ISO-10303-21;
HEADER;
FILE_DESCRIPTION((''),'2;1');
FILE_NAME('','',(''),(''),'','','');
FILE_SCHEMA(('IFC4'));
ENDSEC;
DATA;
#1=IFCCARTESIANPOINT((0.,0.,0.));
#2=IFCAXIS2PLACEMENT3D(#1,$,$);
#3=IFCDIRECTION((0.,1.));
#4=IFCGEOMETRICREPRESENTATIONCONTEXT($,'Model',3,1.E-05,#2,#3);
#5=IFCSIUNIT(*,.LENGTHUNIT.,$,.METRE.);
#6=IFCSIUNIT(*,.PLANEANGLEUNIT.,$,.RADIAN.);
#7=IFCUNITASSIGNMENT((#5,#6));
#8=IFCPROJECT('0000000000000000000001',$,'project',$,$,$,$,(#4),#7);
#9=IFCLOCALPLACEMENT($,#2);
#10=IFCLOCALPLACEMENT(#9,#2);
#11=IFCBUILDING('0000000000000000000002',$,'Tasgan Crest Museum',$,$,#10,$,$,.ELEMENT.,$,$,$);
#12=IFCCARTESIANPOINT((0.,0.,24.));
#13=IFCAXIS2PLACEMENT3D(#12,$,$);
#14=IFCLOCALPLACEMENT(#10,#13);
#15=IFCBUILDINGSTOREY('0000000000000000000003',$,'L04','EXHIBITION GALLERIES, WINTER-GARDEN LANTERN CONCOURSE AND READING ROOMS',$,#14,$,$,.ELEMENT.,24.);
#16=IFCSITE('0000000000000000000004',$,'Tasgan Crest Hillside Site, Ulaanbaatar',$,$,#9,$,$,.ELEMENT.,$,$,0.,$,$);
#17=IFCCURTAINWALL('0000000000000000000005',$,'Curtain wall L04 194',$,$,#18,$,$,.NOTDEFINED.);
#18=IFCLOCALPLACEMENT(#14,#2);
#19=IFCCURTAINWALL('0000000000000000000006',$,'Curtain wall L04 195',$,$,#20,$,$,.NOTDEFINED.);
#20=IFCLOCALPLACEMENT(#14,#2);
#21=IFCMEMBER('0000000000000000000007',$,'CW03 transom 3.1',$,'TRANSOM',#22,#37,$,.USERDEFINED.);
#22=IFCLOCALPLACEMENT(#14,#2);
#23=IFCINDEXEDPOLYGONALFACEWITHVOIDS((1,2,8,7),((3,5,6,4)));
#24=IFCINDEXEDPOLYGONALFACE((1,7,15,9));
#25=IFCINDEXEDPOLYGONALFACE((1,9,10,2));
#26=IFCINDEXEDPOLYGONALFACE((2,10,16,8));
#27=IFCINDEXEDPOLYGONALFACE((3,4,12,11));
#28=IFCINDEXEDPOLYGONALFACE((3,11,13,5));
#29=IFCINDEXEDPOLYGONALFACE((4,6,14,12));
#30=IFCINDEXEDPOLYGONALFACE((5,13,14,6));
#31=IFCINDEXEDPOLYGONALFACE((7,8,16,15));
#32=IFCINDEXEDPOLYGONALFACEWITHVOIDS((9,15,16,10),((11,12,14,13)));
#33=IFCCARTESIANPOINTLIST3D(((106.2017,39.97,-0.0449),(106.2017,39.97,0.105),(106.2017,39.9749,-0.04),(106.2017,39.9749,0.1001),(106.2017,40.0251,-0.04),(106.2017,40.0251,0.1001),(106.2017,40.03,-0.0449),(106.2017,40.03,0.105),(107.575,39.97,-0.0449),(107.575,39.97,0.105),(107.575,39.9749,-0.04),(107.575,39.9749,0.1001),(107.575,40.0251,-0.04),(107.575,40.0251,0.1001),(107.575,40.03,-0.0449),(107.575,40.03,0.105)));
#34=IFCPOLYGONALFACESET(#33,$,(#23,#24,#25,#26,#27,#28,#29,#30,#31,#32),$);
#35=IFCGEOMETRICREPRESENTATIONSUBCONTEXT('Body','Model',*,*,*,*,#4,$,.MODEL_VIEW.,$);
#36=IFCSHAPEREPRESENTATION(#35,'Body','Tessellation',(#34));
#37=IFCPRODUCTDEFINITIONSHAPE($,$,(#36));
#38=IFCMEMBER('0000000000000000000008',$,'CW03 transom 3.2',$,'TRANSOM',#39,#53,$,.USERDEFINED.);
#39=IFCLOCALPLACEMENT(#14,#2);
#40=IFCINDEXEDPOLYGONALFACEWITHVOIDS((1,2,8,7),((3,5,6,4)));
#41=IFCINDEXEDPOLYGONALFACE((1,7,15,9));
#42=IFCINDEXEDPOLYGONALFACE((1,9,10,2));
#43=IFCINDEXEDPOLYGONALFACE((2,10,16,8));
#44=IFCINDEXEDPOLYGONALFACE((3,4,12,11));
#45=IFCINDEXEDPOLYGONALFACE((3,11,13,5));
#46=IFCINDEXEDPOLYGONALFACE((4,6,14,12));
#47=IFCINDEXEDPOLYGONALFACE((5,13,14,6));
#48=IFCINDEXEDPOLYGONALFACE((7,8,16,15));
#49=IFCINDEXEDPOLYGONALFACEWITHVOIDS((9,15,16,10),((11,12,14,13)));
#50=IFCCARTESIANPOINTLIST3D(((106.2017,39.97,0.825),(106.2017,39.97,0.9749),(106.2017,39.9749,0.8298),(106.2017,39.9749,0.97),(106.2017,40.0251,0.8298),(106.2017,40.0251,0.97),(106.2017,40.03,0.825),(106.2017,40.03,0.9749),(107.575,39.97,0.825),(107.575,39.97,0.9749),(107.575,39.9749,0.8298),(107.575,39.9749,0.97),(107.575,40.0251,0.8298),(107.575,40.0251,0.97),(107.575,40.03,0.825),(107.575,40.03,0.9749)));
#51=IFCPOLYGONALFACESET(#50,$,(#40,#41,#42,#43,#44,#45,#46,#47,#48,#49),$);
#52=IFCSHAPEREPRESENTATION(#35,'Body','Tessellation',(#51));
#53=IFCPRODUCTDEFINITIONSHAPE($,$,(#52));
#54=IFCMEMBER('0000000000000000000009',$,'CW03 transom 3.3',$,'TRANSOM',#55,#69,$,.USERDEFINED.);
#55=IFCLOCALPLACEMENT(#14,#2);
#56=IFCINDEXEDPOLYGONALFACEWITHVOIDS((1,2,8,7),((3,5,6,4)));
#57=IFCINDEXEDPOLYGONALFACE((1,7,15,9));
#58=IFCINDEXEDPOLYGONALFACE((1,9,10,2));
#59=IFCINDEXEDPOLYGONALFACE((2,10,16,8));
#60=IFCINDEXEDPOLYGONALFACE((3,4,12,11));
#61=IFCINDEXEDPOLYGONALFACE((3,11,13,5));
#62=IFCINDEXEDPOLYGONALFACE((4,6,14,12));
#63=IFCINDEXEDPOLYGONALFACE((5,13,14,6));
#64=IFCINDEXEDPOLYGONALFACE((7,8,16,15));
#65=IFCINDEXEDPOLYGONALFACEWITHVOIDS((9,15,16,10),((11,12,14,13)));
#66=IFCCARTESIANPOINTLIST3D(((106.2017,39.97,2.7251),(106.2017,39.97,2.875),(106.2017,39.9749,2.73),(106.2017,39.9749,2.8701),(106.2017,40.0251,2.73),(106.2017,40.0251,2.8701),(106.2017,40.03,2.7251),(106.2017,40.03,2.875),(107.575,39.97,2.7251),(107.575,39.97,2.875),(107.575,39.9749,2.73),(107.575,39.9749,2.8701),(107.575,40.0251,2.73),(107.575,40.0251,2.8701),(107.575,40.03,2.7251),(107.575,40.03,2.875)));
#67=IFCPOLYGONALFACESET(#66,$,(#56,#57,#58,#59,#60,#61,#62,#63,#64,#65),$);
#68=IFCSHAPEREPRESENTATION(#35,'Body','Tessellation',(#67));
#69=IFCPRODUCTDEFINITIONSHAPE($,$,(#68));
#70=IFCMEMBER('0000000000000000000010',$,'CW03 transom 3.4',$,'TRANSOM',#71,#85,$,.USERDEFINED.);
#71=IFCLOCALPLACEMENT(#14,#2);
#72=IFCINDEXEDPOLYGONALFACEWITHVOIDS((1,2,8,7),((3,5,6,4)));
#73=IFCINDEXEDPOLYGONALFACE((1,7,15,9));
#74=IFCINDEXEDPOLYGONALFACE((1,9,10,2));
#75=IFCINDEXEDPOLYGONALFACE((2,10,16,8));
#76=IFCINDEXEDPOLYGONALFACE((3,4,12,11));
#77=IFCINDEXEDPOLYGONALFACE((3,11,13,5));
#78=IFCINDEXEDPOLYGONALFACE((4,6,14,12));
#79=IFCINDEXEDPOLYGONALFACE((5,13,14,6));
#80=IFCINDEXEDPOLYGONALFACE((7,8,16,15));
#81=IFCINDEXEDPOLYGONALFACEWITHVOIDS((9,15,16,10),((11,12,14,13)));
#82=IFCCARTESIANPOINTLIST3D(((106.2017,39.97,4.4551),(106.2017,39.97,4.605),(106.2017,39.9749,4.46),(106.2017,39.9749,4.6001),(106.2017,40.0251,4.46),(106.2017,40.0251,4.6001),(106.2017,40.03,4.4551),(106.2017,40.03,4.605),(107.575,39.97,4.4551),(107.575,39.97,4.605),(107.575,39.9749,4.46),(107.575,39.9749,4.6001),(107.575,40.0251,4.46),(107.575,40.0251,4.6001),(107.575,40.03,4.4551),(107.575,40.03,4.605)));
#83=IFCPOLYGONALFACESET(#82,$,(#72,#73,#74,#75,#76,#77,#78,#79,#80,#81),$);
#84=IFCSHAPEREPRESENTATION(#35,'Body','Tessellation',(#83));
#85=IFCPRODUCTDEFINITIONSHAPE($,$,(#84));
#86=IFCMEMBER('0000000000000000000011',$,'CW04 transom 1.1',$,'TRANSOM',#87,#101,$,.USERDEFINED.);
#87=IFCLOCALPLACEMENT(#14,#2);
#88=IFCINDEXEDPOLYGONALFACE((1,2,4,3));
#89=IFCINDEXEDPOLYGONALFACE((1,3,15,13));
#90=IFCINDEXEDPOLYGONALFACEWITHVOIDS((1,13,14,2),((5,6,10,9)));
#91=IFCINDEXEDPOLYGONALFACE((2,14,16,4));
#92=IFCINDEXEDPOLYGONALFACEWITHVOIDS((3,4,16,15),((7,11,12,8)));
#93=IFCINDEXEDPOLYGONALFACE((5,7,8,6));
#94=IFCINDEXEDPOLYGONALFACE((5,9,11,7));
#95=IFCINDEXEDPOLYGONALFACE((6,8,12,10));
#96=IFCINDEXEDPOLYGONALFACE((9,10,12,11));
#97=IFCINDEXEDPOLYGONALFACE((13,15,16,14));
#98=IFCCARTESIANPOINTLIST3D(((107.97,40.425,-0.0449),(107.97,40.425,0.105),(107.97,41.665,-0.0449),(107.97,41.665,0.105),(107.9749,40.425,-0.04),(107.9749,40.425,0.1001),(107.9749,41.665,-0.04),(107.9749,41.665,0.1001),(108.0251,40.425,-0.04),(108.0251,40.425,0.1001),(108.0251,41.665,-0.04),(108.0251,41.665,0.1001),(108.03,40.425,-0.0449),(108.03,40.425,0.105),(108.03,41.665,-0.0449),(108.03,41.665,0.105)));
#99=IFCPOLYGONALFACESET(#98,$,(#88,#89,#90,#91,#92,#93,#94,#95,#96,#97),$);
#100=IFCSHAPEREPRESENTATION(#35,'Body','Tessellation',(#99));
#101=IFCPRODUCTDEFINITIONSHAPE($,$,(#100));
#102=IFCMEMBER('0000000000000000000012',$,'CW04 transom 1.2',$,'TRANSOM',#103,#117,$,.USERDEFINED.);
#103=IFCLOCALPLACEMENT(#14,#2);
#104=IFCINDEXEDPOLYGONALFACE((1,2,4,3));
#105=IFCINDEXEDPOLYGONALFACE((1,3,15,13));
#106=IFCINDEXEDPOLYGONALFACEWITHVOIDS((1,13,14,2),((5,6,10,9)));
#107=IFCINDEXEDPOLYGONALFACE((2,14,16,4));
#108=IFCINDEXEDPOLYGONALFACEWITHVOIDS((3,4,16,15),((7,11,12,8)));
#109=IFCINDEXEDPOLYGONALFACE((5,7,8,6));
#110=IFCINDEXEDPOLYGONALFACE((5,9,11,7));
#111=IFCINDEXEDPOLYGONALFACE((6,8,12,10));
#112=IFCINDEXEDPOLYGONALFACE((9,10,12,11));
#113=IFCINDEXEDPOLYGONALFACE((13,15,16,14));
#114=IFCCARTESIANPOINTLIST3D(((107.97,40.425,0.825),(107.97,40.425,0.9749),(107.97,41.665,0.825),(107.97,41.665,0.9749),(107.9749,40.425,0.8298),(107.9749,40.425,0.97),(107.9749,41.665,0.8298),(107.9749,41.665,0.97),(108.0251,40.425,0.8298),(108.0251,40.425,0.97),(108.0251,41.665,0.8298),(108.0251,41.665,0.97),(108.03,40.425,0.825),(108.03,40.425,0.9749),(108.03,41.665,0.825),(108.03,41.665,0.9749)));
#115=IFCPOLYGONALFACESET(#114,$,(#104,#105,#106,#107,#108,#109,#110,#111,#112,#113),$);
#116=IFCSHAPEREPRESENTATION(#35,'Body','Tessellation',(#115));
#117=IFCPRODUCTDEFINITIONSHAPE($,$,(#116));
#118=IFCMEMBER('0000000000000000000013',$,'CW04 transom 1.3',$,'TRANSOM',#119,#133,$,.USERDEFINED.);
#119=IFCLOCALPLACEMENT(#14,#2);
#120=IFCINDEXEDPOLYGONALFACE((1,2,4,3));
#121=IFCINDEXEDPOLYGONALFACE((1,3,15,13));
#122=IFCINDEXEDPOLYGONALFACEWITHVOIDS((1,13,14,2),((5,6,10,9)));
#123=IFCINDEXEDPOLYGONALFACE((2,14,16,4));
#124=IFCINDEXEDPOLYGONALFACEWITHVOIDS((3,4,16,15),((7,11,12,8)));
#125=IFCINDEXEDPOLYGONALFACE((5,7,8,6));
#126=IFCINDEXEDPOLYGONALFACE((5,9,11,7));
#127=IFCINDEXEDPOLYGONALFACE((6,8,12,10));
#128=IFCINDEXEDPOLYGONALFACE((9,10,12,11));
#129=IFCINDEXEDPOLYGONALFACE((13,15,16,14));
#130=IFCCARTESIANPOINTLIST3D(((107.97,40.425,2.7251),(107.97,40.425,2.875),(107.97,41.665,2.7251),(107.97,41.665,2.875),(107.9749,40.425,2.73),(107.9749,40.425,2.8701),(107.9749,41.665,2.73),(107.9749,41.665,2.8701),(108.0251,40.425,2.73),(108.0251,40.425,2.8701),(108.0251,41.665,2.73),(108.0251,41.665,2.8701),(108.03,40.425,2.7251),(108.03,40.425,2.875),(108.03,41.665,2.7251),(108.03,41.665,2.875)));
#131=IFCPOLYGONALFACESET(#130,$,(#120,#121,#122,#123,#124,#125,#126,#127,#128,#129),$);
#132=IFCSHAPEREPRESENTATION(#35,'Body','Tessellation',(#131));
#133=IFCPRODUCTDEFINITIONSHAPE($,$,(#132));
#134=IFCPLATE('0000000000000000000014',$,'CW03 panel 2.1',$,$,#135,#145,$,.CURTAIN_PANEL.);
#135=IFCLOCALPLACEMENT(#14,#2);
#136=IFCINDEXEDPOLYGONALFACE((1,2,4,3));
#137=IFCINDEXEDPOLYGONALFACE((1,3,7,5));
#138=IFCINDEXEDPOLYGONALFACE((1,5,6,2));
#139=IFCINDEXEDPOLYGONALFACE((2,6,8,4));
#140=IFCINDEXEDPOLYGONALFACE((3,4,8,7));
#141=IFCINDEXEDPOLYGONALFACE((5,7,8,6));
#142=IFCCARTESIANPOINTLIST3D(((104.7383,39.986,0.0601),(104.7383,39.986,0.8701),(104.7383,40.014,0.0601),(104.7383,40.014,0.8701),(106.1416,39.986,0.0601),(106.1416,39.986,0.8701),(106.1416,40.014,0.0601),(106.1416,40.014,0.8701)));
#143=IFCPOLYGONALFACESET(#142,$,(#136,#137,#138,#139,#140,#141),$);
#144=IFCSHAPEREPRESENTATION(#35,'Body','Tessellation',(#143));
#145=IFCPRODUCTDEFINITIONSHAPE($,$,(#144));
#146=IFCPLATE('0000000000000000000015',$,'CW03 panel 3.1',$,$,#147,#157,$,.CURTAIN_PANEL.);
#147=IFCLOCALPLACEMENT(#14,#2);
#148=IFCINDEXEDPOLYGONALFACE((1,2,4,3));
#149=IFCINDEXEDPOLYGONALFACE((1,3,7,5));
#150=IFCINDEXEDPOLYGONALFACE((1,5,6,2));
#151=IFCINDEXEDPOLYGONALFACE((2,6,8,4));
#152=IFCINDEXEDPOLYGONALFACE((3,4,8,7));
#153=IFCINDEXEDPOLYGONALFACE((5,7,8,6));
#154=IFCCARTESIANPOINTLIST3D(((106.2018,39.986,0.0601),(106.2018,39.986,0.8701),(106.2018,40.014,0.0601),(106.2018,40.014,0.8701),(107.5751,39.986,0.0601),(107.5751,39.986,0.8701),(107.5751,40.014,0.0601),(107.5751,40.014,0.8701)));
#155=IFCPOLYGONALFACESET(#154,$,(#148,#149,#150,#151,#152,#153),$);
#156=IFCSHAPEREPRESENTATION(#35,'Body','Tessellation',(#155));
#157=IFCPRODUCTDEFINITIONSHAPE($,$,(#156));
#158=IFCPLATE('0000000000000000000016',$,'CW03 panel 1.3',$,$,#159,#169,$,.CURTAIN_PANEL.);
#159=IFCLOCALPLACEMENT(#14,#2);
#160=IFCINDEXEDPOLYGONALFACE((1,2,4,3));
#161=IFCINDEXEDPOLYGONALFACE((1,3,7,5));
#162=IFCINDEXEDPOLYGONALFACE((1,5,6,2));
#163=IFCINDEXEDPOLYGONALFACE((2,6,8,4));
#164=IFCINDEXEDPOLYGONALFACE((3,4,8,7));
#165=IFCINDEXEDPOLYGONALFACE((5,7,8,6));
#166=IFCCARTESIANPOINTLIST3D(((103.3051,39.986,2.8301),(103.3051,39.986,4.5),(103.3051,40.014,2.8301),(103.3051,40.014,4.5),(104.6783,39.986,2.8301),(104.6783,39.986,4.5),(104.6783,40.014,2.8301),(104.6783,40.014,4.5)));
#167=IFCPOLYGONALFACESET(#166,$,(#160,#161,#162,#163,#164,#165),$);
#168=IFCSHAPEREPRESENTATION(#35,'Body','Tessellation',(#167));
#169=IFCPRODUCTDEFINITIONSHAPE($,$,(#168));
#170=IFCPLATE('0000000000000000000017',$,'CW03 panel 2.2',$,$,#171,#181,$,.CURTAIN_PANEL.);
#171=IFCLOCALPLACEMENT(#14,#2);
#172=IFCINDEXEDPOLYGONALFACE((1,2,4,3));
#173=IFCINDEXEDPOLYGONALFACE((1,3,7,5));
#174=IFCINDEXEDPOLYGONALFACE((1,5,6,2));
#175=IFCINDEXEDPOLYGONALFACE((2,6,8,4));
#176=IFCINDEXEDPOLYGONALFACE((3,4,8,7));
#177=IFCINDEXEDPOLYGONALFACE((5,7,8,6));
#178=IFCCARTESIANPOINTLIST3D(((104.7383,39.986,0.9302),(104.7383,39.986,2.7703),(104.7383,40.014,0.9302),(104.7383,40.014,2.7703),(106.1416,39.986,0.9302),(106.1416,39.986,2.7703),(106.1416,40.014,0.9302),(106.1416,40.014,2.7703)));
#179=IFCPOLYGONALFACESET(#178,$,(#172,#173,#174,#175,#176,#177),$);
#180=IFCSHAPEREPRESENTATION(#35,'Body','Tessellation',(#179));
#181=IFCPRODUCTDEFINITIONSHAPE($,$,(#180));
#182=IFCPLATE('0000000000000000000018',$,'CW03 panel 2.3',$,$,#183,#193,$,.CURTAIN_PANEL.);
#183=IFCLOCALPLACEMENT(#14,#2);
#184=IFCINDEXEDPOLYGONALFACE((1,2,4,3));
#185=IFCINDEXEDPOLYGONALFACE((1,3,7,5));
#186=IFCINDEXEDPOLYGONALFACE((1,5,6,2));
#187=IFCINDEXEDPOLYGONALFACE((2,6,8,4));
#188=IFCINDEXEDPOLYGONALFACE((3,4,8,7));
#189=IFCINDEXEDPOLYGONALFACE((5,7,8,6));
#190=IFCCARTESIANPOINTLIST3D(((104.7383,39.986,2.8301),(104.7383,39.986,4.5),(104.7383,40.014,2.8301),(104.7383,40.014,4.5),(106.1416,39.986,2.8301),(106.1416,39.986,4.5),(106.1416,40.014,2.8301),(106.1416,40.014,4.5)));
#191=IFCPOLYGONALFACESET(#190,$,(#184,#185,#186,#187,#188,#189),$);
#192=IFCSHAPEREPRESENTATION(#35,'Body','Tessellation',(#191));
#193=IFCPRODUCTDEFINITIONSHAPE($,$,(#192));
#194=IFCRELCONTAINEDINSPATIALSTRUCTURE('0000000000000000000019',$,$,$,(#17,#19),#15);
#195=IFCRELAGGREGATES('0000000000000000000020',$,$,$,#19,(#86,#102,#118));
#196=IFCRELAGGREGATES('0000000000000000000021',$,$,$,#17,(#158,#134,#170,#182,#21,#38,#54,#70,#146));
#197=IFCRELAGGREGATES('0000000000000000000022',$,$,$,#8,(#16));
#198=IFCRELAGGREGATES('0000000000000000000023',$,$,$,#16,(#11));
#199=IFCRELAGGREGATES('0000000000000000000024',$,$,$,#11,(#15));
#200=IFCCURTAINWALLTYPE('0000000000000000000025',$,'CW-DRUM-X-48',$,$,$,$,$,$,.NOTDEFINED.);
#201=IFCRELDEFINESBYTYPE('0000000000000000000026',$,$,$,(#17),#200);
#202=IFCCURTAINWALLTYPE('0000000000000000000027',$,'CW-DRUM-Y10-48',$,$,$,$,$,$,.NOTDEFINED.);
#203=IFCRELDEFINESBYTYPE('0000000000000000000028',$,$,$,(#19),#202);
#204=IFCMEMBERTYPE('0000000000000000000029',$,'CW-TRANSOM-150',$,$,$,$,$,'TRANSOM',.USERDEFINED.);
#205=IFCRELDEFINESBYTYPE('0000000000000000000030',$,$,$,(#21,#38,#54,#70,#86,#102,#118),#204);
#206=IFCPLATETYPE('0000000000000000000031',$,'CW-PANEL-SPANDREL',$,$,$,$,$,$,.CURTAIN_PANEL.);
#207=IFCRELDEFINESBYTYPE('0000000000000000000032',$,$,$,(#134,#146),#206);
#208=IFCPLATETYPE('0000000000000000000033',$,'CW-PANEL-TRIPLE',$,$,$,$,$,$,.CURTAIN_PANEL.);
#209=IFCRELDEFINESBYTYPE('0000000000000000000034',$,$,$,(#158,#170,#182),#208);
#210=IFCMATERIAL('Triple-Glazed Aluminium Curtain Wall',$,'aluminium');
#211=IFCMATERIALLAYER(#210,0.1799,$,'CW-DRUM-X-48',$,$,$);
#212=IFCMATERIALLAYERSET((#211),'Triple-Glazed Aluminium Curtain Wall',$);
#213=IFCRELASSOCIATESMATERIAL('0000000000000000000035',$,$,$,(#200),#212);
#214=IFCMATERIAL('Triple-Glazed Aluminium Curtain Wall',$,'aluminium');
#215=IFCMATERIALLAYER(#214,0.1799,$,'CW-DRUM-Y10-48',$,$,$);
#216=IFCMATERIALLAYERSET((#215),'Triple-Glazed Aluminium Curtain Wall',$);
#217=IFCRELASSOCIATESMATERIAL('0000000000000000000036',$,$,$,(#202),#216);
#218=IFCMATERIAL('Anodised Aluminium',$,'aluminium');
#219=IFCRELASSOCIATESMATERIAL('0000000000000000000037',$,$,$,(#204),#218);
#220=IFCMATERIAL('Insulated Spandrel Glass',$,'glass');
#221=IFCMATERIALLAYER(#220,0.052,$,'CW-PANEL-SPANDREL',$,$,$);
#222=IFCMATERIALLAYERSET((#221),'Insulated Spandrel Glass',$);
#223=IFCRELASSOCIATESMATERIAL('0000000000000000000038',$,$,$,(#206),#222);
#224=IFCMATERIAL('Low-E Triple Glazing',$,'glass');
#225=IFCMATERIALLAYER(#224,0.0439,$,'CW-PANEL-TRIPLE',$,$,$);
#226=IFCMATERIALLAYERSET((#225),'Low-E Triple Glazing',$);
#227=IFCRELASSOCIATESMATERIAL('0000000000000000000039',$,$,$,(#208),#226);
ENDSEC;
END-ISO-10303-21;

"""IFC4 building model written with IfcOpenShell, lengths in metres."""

from ifc_helpers import new_model, si_unit, direction, frame, origin, origin_2d, place, context, subcontext, project, spatial, rectangle, hollow_rectangle, extrude, material, layer, layer_set, material_profile, profile_set, type_object, element, aggregate, save


model = new_model("IFC4")

# Units and contexts
model_context = context("Model", 3, precision=1e-05, world=origin(), true_north=direction((0.0, 1.0)))
body_context = subcontext(model_context, "Body", "Model", "MODEL_VIEW")
ifc_project = project(units=[si_unit("LENGTHUNIT", "METRE"), si_unit("PLANEANGLEUNIT", "RADIAN")], contexts=[model_context])

# Site, building, storey
site_placement = place(None, origin())
site = spatial("IfcSite", under=ifc_project, at=site_placement, Name="Tasgan Crest Hillside Site, Ulaanbaatar", CompositionType="ELEMENT", RefElevation=0.0)
building_placement = place(site_placement, origin())
building = spatial("IfcBuilding", under=site, at=building_placement, Name="Tasgan Crest Museum", CompositionType="ELEMENT")
storey_placement = place(building_placement, frame((0.0, 0.0, 24.0)))
storey = spatial("IfcBuildingStorey", under=building, at=storey_placement, Name="L04", Description="EXHIBITION GALLERIES, WINTER-GARDEN LANTERN CONCOURSE AND READING ROOMS", CompositionType="ELEMENT", Elevation=24.0)

# Curtain wall
ifc_material_1 = material(Name="Triple-Glazed Aluminium Curtain Wall", Category="aluminium")
ifc_layer_1 = layer(ifc_material_1, 0.1799, Name="CW-DRUM-X-48")
ifc_layer_set_1 = layer_set([ifc_layer_1], Name="Triple-Glazed Aluminium Curtain Wall")
curtain_wall_type_1 = type_object("IfcCurtainWallType", Name="CW-DRUM-X-48", PredefinedType="NOTDEFINED", material=ifc_layer_set_1)
curtain_wall_1_placement = place(storey_placement, origin())
curtain_wall_1 = element("IfcCurtainWall", 1, at=curtain_wall_1_placement, inside=storey, type_object=curtain_wall_type_1, Name="Curtain wall L04 194", PredefinedType="NOTDEFINED")

# Curtain wall
ifc_material_2 = material(Name="Triple-Glazed Aluminium Curtain Wall", Category="aluminium")
ifc_layer_2 = layer(ifc_material_2, 0.1799, Name="CW-DRUM-Y10-48")
ifc_layer_set_2 = layer_set([ifc_layer_2], Name="Triple-Glazed Aluminium Curtain Wall")
curtain_wall_type_2 = type_object("IfcCurtainWallType", Name="CW-DRUM-Y10-48", PredefinedType="NOTDEFINED", material=ifc_layer_set_2)
curtain_wall_2_placement = place(storey_placement, origin())
curtain_wall_2 = element("IfcCurtainWall", 2, at=curtain_wall_2_placement, inside=storey, type_object=curtain_wall_type_2, Name="Curtain wall L04 195", PredefinedType="NOTDEFINED")

# Members
ifc_material_3 = material(Name="Anodised Aluminium", Category="aluminium")
ifc_material_profile_1 = material_profile(ifc_material_3, hollow_rectangle(XDim=0.0601, YDim=0.1499, WallThickness=0.0049, at=origin_2d()), Name="ALU TRANSOM 150x60x5")
ifc_profile_set_1 = profile_set([ifc_material_profile_1], Name="Anodised Aluminium")
member_type_1 = type_object("IfcMemberType", Name="CW-TRANSOM-150", ElementType="TRANSOM", PredefinedType="USERDEFINED", material=ifc_profile_set_1)
member_1_placement = place(storey_placement, frame((106.2017, 40.0, 0.03), z_axis=(1.0, 0.0, 0.0), x_axis=(0.0, 1.0, 0.0)))
member_1 = element("IfcMember", 3, at=member_1_placement, type_object=member_type_1, Name="CW03 transom 3.1", ObjectType="TRANSOM", PredefinedType="USERDEFINED", context=body_context, shape_type="SweptSolid", body=[
    extrude(hollow_rectangle(XDim=0.0601, YDim=0.1499, WallThickness=0.0049, at=origin_2d()), origin(), (0.0, 0.0, 1.0), 1.3733),
])
member_2_placement = place(storey_placement, frame((106.2017, 40.0, 0.8999), z_axis=(1.0, 0.0, 0.0), x_axis=(0.0, 1.0, 0.0)))
member_2 = element("IfcMember", 4, at=member_2_placement, type_object=member_type_1, Name="CW03 transom 3.2", ObjectType="TRANSOM", PredefinedType="USERDEFINED", context=body_context, shape_type="SweptSolid", body=[
    extrude(hollow_rectangle(XDim=0.0601, YDim=0.1499, WallThickness=0.0049, at=origin_2d()), origin(), (0.0, 0.0, 1.0), 1.3733),
])
member_3_placement = place(storey_placement, frame((106.2017, 40.0, 2.8), z_axis=(1.0, 0.0, 0.0), x_axis=(0.0, 1.0, 0.0)))
member_3 = element("IfcMember", 5, at=member_3_placement, type_object=member_type_1, Name="CW03 transom 3.3", ObjectType="TRANSOM", PredefinedType="USERDEFINED", context=body_context, shape_type="SweptSolid", body=[
    extrude(hollow_rectangle(XDim=0.0601, YDim=0.1499, WallThickness=0.0049, at=origin_2d()), origin(), (0.0, 0.0, 1.0), 1.3733),
])
member_4_placement = place(storey_placement, frame((106.2017, 40.0, 4.53), z_axis=(1.0, 0.0, 0.0), x_axis=(0.0, 1.0, 0.0)))
member_4 = element("IfcMember", 6, at=member_4_placement, type_object=member_type_1, Name="CW03 transom 3.4", ObjectType="TRANSOM", PredefinedType="USERDEFINED", context=body_context, shape_type="SweptSolid", body=[
    extrude(hollow_rectangle(XDim=0.0601, YDim=0.1499, WallThickness=0.0049, at=origin_2d()), origin(), (0.0, 0.0, 1.0), 1.3733),
])
member_5_placement = place(storey_placement, frame((108.0, 40.425, 0.03), z_axis=(0.0, 1.0, 0.0), x_axis=(-1.0, 0.0, 0.0)))
member_5 = element("IfcMember", 7, at=member_5_placement, type_object=member_type_1, Name="CW04 transom 1.1", ObjectType="TRANSOM", PredefinedType="USERDEFINED", context=body_context, shape_type="SweptSolid", body=[
    extrude(hollow_rectangle(XDim=0.0601, YDim=0.1499, WallThickness=0.0049, at=origin_2d()), origin(), (0.0, 0.0, 1.0), 1.24),
])
member_6_placement = place(storey_placement, frame((108.0, 40.425, 0.8999), z_axis=(0.0, 1.0, 0.0), x_axis=(-1.0, 0.0, 0.0)))
member_6 = element("IfcMember", 8, at=member_6_placement, type_object=member_type_1, Name="CW04 transom 1.2", ObjectType="TRANSOM", PredefinedType="USERDEFINED", context=body_context, shape_type="SweptSolid", body=[
    extrude(hollow_rectangle(XDim=0.0601, YDim=0.1499, WallThickness=0.0049, at=origin_2d()), origin(), (0.0, 0.0, 1.0), 1.24),
])
member_7_placement = place(storey_placement, frame((108.0, 40.425, 2.8), z_axis=(0.0, 1.0, 0.0), x_axis=(-1.0, 0.0, 0.0)))
member_7 = element("IfcMember", 9, at=member_7_placement, type_object=member_type_1, Name="CW04 transom 1.3", ObjectType="TRANSOM", PredefinedType="USERDEFINED", context=body_context, shape_type="SweptSolid", body=[
    extrude(hollow_rectangle(XDim=0.0601, YDim=0.1499, WallThickness=0.0049, at=origin_2d()), origin(), (0.0, 0.0, 1.0), 1.24),
])
aggregate(curtain_wall_2, [member_5, member_6, member_7])

# Plates
ifc_material_4 = material(Name="Insulated Spandrel Glass", Category="glass")
ifc_layer_3 = layer(ifc_material_4, 0.052, Name="CW-PANEL-SPANDREL")
ifc_layer_set_3 = layer_set([ifc_layer_3], Name="Insulated Spandrel Glass")
plate_type_1 = type_object("IfcPlateType", Name="CW-PANEL-SPANDREL", PredefinedType="CURTAIN_PANEL", material=ifc_layer_set_3)
plate_1_placement = place(storey_placement, frame((105.4399, 40.0, 0.0601), z_axis=(0.0, 0.0, 1.0), x_axis=(1.0, 0.0, 0.0)))
plate_1 = element("IfcPlate", 10, at=plate_1_placement, type_object=plate_type_1, Name="CW03 panel 2.1", PredefinedType="CURTAIN_PANEL", context=body_context, shape_type="SweptSolid", body=[
    extrude(rectangle(XDim=1.4033, YDim=0.0281, at=origin_2d()), origin(), (0.0, 0.0, 1.0), 0.8101),
])
plate_2_placement = place(storey_placement, frame((106.8884, 40.0, 0.0601), z_axis=(0.0, 0.0, 1.0), x_axis=(1.0, 0.0, 0.0)))
plate_2 = element("IfcPlate", 11, at=plate_2_placement, type_object=plate_type_1, Name="CW03 panel 3.1", PredefinedType="CURTAIN_PANEL", context=body_context, shape_type="SweptSolid", body=[
    extrude(rectangle(XDim=1.3733, YDim=0.0281, at=origin_2d()), origin(), (0.0, 0.0, 1.0), 0.8101),
])
ifc_material_5 = material(Name="Low-E Triple Glazing", Category="glass")
ifc_layer_4 = layer(ifc_material_5, 0.0439, Name="CW-PANEL-TRIPLE")
ifc_layer_set_4 = layer_set([ifc_layer_4], Name="Low-E Triple Glazing")
plate_type_2 = type_object("IfcPlateType", Name="CW-PANEL-TRIPLE", PredefinedType="CURTAIN_PANEL", material=ifc_layer_set_4)
plate_3_placement = place(storey_placement, frame((103.9917, 40.0, 2.8301), z_axis=(0.0, 0.0, 1.0), x_axis=(1.0, 0.0, 0.0)))
plate_3 = element("IfcPlate", 12, at=plate_3_placement, type_object=plate_type_2, Name="CW03 panel 1.3", PredefinedType="CURTAIN_PANEL", context=body_context, shape_type="SweptSolid", body=[
    extrude(rectangle(XDim=1.3733, YDim=0.0281, at=origin_2d()), origin(), (0.0, 0.0, 1.0), 1.6699),
])
plate_4_placement = place(storey_placement, frame((105.4399, 40.0, 0.9302), z_axis=(0.0, 0.0, 1.0), x_axis=(1.0, 0.0, 0.0)))
plate_4 = element("IfcPlate", 13, at=plate_4_placement, type_object=plate_type_2, Name="CW03 panel 2.2", PredefinedType="CURTAIN_PANEL", context=body_context, shape_type="SweptSolid", body=[
    extrude(rectangle(XDim=1.4033, YDim=0.0281, at=origin_2d()), origin(), (0.0, 0.0, 1.0), 1.8401),
])
plate_5_placement = place(storey_placement, frame((105.4399, 40.0, 2.8301), z_axis=(0.0, 0.0, 1.0), x_axis=(1.0, 0.0, 0.0)))
plate_5 = element("IfcPlate", 14, at=plate_5_placement, type_object=plate_type_2, Name="CW03 panel 2.3", PredefinedType="CURTAIN_PANEL", context=body_context, shape_type="SweptSolid", body=[
    extrude(rectangle(XDim=1.4033, YDim=0.0281, at=origin_2d()), origin(), (0.0, 0.0, 1.0), 1.6699),
])
aggregate(curtain_wall_1, [plate_3, plate_1, plate_4, plate_5, member_1, member_2, member_3, member_4, plate_2])

save(model, "model.ifc")
